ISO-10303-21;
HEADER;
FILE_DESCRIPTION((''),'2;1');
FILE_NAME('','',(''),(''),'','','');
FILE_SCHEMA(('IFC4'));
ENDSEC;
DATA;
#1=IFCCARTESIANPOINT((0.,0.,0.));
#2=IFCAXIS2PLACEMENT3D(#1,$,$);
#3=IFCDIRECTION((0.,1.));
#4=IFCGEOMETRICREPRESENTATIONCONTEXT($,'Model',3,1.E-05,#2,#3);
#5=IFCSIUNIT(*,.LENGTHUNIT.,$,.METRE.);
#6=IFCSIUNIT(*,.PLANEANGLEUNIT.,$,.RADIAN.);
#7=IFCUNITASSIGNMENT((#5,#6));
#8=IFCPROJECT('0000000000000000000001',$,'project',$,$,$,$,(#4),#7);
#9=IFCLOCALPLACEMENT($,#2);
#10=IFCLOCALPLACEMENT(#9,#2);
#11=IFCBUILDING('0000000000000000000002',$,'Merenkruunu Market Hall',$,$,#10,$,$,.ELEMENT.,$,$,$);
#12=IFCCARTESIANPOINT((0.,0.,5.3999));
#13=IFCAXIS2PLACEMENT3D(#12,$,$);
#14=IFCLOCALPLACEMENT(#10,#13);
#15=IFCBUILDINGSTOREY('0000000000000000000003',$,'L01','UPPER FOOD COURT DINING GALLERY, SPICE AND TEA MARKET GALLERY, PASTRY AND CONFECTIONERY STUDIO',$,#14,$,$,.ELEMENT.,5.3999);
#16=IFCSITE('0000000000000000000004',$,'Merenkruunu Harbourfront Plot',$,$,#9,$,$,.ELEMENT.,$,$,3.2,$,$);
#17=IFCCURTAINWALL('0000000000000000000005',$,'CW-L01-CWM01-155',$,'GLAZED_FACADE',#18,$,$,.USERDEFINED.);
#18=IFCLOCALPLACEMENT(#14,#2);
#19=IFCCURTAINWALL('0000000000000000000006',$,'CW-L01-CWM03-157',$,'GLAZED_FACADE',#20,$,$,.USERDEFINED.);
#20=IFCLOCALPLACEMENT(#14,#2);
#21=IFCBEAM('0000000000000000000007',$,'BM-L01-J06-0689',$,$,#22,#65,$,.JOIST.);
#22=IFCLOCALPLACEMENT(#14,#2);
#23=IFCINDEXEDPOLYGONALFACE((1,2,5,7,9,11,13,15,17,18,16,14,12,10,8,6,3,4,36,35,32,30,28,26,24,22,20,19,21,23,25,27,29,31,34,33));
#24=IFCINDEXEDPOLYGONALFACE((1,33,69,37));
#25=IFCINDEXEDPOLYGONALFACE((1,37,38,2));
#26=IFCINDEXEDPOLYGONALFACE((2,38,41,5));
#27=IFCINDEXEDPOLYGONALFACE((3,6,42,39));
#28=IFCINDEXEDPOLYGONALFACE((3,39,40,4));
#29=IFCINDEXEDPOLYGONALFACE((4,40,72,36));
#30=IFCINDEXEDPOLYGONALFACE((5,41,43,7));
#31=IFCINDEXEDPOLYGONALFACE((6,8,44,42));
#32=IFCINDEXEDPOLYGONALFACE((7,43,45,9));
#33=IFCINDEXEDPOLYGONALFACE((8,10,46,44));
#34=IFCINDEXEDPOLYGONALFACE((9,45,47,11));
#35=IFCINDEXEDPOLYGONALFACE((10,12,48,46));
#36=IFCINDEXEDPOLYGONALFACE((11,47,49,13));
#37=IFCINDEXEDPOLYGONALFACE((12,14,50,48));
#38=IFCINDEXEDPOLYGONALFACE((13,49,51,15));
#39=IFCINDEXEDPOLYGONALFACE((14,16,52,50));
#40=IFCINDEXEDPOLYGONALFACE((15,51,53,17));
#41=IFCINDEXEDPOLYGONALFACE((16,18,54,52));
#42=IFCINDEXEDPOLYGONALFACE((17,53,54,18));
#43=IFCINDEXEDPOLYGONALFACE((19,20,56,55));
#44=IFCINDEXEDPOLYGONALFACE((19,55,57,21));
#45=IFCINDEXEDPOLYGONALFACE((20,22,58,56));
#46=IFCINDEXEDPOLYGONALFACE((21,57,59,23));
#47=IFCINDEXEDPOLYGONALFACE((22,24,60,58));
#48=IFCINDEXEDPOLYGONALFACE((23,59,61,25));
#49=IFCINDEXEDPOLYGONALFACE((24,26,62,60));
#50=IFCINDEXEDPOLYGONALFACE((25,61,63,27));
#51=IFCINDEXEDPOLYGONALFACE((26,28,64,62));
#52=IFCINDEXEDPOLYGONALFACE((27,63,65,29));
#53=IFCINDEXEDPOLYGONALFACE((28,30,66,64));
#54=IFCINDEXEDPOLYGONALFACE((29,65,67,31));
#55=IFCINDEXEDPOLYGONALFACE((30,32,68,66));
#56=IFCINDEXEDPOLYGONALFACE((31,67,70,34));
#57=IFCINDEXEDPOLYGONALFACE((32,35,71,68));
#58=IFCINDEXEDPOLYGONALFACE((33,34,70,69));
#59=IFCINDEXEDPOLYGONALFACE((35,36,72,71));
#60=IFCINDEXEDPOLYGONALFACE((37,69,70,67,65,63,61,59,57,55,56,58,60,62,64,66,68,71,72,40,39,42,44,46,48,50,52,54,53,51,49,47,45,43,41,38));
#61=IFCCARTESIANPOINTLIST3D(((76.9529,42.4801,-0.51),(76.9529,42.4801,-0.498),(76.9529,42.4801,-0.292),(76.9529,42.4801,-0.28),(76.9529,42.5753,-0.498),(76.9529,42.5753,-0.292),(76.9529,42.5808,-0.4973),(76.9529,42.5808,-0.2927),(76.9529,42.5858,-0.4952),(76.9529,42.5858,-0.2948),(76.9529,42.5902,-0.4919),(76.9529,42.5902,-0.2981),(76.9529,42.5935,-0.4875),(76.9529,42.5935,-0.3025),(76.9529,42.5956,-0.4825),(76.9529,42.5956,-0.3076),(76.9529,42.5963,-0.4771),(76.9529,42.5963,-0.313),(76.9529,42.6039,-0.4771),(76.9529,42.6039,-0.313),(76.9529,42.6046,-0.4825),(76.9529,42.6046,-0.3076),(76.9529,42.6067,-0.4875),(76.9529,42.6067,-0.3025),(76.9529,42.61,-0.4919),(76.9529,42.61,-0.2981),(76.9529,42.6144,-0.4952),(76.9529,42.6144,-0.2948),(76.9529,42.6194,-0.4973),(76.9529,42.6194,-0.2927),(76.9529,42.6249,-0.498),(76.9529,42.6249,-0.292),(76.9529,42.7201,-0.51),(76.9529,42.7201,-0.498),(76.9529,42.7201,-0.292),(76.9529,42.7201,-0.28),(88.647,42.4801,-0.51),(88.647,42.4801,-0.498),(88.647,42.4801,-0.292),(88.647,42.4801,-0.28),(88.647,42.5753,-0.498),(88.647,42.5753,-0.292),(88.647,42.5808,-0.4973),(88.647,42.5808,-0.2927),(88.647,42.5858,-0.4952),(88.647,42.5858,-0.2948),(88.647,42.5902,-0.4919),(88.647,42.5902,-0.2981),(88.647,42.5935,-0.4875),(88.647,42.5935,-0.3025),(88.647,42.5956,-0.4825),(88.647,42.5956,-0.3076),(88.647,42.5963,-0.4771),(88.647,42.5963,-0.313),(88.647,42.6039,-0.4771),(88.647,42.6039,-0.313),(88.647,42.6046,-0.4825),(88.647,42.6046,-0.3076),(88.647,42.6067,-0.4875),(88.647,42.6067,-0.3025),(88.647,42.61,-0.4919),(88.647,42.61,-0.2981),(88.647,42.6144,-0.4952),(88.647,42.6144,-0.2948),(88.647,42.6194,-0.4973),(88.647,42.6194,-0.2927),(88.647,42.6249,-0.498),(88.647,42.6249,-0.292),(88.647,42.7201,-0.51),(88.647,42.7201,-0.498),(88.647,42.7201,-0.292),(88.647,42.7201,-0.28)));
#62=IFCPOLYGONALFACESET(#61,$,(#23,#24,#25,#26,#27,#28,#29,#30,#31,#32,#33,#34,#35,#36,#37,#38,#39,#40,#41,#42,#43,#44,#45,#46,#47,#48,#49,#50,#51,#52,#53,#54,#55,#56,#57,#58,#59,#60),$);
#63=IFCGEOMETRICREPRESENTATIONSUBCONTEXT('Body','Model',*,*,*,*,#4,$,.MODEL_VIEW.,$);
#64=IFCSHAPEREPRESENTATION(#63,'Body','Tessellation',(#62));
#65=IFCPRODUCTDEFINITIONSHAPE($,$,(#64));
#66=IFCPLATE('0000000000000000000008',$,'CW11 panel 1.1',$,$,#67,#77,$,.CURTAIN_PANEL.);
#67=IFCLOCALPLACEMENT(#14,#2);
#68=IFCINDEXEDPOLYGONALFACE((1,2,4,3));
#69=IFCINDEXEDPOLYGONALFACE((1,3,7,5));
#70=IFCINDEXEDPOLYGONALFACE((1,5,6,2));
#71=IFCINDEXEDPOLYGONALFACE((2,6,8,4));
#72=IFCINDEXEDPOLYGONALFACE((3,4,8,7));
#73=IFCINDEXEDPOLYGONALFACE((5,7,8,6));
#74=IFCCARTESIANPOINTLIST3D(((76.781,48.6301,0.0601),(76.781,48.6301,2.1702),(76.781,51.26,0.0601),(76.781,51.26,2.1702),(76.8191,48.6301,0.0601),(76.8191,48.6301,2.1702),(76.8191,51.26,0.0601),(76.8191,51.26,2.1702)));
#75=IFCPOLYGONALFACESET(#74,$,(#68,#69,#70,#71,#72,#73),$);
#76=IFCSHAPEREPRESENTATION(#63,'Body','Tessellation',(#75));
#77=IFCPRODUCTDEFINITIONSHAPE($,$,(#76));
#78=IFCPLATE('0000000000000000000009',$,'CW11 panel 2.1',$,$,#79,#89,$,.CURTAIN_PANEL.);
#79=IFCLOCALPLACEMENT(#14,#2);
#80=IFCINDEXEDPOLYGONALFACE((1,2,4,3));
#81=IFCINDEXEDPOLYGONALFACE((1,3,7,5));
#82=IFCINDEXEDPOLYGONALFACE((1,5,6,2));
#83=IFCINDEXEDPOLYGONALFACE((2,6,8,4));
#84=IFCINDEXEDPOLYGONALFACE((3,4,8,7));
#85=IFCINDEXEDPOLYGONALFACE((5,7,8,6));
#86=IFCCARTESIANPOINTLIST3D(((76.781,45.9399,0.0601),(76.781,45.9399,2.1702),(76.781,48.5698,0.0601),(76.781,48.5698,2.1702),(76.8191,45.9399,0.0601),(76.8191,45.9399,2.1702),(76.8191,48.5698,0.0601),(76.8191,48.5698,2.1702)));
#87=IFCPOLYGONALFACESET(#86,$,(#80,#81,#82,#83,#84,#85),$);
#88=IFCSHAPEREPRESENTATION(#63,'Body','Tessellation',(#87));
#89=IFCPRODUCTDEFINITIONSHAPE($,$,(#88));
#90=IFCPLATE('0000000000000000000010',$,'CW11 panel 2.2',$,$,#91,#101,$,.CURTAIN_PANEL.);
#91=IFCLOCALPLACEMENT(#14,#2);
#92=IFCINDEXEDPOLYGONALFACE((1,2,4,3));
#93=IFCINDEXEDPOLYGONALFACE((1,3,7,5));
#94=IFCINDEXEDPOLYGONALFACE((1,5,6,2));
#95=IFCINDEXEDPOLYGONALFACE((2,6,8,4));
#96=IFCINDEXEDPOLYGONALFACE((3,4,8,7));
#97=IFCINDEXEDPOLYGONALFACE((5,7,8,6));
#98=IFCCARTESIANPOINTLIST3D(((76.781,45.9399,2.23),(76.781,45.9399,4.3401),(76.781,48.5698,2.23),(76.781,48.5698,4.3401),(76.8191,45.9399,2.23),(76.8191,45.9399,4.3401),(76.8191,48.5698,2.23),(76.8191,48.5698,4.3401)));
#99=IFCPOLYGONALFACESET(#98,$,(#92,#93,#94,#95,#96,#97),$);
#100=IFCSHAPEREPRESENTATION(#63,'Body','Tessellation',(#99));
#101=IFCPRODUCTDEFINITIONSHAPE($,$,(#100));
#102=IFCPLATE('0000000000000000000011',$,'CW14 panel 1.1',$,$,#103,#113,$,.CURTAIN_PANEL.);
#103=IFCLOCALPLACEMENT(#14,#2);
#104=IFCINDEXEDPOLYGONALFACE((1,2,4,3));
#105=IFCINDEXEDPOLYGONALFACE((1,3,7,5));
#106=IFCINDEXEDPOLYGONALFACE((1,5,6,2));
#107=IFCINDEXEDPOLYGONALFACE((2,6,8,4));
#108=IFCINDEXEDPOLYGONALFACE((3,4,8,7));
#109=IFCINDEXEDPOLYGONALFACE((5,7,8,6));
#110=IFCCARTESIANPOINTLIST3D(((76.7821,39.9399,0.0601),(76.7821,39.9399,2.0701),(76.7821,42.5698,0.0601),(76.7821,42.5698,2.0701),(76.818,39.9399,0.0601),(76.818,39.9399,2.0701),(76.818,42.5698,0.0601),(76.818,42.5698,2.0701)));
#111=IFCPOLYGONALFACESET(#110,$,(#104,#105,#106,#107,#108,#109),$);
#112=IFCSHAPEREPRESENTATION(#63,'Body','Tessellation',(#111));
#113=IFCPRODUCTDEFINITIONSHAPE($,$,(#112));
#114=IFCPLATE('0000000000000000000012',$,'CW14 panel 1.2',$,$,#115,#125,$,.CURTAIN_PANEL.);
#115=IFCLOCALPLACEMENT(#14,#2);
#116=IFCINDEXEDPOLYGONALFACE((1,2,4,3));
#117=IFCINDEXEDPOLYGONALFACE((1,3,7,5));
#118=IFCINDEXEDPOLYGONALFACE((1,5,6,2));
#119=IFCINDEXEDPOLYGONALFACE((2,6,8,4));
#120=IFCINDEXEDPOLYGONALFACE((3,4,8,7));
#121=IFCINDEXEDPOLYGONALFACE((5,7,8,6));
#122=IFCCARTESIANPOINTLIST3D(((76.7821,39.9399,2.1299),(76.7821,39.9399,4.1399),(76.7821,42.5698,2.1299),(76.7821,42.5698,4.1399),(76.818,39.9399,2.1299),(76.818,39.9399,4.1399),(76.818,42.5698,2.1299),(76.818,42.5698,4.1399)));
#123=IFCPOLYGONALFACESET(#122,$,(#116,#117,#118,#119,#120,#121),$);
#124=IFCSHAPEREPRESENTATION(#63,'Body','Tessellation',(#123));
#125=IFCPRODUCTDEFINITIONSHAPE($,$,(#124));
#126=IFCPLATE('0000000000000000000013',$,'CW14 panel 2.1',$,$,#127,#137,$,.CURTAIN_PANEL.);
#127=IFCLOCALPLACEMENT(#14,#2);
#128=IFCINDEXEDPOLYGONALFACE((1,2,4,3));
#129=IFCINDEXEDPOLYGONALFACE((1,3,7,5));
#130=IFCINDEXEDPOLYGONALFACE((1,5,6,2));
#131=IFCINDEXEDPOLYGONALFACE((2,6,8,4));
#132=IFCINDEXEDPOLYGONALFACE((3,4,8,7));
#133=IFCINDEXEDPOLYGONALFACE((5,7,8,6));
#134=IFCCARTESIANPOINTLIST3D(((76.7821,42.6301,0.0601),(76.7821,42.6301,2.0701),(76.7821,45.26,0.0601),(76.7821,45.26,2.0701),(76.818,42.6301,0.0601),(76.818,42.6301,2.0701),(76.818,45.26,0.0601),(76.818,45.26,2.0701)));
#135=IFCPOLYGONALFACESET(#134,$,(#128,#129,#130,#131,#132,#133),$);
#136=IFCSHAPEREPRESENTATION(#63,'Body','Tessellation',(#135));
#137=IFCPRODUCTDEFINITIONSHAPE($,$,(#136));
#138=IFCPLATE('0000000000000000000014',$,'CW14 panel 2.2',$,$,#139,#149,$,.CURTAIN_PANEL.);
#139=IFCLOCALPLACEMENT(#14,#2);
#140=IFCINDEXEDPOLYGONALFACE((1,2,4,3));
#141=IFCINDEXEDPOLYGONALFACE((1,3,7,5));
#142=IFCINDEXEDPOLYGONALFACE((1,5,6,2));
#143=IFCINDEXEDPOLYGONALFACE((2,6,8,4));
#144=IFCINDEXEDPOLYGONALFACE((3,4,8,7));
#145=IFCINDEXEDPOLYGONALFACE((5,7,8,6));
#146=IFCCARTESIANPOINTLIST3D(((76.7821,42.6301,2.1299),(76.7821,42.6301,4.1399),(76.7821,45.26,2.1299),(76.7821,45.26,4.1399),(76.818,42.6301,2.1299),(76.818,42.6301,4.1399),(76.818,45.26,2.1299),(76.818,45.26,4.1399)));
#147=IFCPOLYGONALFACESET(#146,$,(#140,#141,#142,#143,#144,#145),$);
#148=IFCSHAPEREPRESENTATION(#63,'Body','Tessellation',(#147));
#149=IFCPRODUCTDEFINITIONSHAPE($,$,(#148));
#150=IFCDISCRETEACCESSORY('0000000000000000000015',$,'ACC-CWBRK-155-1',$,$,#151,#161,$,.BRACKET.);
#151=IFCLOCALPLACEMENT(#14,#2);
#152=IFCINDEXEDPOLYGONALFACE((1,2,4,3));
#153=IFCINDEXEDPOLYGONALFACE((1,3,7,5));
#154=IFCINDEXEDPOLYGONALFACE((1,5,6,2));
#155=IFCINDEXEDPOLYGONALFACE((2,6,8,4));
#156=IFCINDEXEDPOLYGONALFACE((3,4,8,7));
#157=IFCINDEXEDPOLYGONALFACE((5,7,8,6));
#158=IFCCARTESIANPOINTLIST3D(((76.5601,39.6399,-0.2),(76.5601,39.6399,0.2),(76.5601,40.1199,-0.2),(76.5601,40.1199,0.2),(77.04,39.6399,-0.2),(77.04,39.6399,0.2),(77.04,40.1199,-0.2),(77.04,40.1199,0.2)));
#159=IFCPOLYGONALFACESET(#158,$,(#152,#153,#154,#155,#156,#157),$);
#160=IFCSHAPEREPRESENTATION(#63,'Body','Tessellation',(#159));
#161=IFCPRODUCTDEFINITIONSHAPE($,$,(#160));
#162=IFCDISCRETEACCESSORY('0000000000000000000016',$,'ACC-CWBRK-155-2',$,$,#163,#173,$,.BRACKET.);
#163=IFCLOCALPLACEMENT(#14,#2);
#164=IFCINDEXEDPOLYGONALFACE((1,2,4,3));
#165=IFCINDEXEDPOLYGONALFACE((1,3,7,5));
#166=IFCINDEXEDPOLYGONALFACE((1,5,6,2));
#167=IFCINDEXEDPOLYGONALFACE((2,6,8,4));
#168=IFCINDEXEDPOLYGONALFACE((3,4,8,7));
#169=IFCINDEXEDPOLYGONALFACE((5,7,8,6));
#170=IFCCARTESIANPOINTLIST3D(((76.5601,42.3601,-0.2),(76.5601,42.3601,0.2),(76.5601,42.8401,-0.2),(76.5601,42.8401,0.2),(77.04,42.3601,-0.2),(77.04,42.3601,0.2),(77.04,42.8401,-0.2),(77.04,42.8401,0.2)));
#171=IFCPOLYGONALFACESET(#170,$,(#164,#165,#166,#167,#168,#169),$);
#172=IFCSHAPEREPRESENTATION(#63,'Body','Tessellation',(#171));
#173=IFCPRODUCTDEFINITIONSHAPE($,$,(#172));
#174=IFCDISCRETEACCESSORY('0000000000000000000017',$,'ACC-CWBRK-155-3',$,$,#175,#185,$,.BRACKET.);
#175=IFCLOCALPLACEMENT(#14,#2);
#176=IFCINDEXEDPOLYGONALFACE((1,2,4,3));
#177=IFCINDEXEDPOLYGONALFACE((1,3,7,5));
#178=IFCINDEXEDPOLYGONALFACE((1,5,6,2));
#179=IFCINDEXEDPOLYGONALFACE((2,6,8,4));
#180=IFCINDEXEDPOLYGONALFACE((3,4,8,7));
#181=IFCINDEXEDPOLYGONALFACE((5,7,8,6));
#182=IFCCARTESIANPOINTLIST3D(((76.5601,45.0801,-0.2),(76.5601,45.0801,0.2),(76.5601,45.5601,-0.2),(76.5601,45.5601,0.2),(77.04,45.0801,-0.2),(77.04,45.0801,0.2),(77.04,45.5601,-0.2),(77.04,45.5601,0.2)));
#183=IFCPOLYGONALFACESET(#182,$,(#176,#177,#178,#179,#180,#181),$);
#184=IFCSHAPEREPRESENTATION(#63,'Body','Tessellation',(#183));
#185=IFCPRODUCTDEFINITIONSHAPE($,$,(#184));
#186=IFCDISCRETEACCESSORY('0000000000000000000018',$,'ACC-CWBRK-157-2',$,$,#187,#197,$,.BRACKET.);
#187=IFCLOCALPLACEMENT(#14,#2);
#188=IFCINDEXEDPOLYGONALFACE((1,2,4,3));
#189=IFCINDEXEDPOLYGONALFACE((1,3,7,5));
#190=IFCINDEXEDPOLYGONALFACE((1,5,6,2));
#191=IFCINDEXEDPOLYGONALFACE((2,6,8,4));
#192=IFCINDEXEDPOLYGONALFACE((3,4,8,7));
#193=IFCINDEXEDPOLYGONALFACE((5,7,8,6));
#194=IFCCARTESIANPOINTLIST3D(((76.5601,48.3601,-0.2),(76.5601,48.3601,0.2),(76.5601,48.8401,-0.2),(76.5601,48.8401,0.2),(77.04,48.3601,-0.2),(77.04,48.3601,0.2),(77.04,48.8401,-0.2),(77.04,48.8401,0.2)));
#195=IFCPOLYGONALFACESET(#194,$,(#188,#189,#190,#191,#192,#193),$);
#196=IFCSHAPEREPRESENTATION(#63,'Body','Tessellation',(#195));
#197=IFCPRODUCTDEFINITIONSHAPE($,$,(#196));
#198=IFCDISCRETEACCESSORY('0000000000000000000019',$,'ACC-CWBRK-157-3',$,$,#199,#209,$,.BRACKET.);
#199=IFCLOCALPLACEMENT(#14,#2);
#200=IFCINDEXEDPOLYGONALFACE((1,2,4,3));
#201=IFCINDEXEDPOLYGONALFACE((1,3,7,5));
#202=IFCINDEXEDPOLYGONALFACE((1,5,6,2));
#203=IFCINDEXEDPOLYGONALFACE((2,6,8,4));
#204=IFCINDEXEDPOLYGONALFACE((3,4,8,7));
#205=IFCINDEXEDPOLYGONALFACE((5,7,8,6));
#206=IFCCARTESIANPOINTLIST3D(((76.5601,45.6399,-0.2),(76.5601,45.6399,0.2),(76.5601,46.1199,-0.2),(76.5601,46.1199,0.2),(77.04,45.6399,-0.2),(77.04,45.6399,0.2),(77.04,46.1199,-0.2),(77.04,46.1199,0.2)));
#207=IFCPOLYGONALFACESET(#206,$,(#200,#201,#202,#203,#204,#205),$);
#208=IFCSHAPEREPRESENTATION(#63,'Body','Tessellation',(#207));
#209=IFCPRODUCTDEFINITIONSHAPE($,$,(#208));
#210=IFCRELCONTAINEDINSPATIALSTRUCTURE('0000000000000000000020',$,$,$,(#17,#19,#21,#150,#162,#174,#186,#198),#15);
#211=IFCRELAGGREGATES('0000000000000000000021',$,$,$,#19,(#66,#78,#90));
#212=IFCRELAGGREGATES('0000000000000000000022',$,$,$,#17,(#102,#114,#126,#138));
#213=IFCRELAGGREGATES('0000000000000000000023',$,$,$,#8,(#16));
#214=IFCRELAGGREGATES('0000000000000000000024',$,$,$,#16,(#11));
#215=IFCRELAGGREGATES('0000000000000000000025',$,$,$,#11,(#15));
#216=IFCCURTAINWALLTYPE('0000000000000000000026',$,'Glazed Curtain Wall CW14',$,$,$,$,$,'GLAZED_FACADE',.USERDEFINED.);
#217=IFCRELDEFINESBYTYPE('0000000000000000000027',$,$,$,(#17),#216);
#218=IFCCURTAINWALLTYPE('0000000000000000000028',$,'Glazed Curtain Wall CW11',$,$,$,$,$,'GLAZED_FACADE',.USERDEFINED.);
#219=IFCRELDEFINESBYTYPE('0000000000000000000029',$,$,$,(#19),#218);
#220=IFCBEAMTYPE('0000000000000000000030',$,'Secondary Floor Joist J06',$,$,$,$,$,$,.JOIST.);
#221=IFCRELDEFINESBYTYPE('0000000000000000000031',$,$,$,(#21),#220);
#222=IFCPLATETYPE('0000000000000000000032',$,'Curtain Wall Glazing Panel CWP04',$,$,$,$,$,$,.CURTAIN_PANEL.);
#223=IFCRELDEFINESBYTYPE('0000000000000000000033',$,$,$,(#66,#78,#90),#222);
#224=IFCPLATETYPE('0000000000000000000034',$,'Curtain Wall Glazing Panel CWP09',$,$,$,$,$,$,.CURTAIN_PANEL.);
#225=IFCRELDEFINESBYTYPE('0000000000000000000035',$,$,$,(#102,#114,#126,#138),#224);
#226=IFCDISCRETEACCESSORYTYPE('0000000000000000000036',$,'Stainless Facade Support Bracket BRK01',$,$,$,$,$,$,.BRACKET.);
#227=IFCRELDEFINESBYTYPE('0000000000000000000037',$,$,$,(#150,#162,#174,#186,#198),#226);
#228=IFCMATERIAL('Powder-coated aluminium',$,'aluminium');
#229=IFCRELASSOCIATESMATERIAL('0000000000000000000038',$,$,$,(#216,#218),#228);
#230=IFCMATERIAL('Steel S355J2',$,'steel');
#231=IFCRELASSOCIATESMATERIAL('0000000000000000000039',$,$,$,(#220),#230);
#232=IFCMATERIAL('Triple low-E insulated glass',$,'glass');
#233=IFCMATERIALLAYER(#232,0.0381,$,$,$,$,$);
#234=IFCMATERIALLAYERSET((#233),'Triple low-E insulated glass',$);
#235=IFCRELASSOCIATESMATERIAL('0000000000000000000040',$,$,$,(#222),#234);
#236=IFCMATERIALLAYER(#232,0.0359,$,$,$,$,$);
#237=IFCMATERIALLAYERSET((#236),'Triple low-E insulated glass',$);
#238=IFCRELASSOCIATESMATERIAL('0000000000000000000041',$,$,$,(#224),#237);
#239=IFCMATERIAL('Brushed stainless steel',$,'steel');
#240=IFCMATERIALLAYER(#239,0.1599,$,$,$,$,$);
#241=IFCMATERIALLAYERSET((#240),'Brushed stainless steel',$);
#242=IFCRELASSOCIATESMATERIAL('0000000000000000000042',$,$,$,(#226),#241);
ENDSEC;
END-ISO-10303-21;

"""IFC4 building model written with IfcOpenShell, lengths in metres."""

from ifc_helpers import new_model, si_unit, direction, frame, origin, origin_2d, place, context, subcontext, project, spatial, rectangle, i_section, extrude, material, layer, layer_set, material_profile, profile_set, type_object, element, aggregate, save


model = new_model("IFC4")

# Units and contexts
model_context = context("Model", 3, precision=1e-05, world=origin(), true_north=direction((0.0, 1.0)))
body_context = subcontext(model_context, "Body", "Model", "MODEL_VIEW")
ifc_project = project(units=[si_unit("LENGTHUNIT", "METRE"), si_unit("PLANEANGLEUNIT", "RADIAN")], contexts=[model_context])

# Site, building, storey
site_placement = place(None, origin())
site = spatial("IfcSite", under=ifc_project, at=site_placement, Name="Merenkruunu Harbourfront Plot", CompositionType="ELEMENT", RefElevation=3.2)
building_placement = place(site_placement, origin())
building = spatial("IfcBuilding", under=site, at=building_placement, Name="Merenkruunu Market Hall", CompositionType="ELEMENT")
storey_placement = place(building_placement, frame((0.0, 0.0, 5.3999)))
storey = spatial("IfcBuildingStorey", under=building, at=storey_placement, Name="L01", Description="UPPER FOOD COURT DINING GALLERY, SPICE AND TEA MARKET GALLERY, PASTRY AND CONFECTIONERY STUDIO", CompositionType="ELEMENT", Elevation=5.3999)

# Curtain wall
ifc_material_1 = material(Name="Powder-coated aluminium", Category="aluminium")
curtain_wall_type_1 = type_object("IfcCurtainWallType", Name="Glazed Curtain Wall CW14", ElementType="GLAZED_FACADE", PredefinedType="USERDEFINED", material=ifc_material_1)
curtain_wall_1_placement = place(storey_placement, origin())
curtain_wall_1 = element("IfcCurtainWall", 1, at=curtain_wall_1_placement, inside=storey, type_object=curtain_wall_type_1, Name="CW-L01-CWM01-155", ObjectType="GLAZED_FACADE", PredefinedType="USERDEFINED")

# Curtain wall
curtain_wall_type_2 = type_object("IfcCurtainWallType", Name="Glazed Curtain Wall CW11", ElementType="GLAZED_FACADE", PredefinedType="USERDEFINED", material=ifc_material_1)
curtain_wall_2_placement = place(storey_placement, origin())
curtain_wall_2 = element("IfcCurtainWall", 2, at=curtain_wall_2_placement, inside=storey, type_object=curtain_wall_type_2, Name="CW-L01-CWM03-157", ObjectType="GLAZED_FACADE", PredefinedType="USERDEFINED")

# Beam
ifc_material_2 = material(Name="Steel S355J2", Category="steel")
ifc_material_profile_1 = material_profile(ifc_material_2, i_section(OverallWidth=0.24, OverallDepth=0.23, WebThickness=0.0076, FlangeThickness=0.012, FilletRadius=0.021, at=origin_2d()), Name="HEA 240")
ifc_profile_set_1 = profile_set([ifc_material_profile_1], Name="Steel S355J2")
beam_type_1 = type_object("IfcBeamType", Name="Secondary Floor Joist J06", PredefinedType="JOIST", material=ifc_profile_set_1)
beam_1_placement = place(storey_placement, frame((76.9529, 42.6001, -0.395), z_axis=(1.0, 0.0, 0.0), x_axis=(0.0, 1.0, 0.0)))
element("IfcBeam", 3, at=beam_1_placement, inside=storey, type_object=beam_type_1, Name="BM-L01-J06-0689", PredefinedType="JOIST", context=body_context, shape_type="SweptSolid", body=[
    extrude(i_section(OverallWidth=0.24, OverallDepth=0.23, WebThickness=0.0076, FlangeThickness=0.012, FilletRadius=0.021, at=origin_2d()), origin(), (0.0, 0.0, 1.0), 11.6941),
])

# Plates
ifc_material_3 = material(Name="Triple low-E insulated glass", Category="glass")
ifc_layer_1 = layer(ifc_material_3, 0.0381)
ifc_layer_set_1 = layer_set([ifc_layer_1], Name="Triple low-E insulated glass")
plate_type_1 = type_object("IfcPlateType", Name="Curtain Wall Glazing Panel CWP04", PredefinedType="CURTAIN_PANEL", material=ifc_layer_set_1)
plate_1_placement = place(storey_placement, frame((76.8, 49.9451, 0.0601), z_axis=(0.0, 0.0, 1.0), x_axis=(0.0, -1.0, 0.0)))
plate_1 = element("IfcPlate", 4, at=plate_1_placement, type_object=plate_type_1, Name="CW11 panel 1.1", PredefinedType="CURTAIN_PANEL", context=body_context, shape_type="SweptSolid", body=[
    extrude(rectangle(XDim=2.6299, YDim=0.0381, at=origin_2d()), origin(), (0.0, 0.0, 1.0), 2.1101),
])
plate_2_placement = place(storey_placement, frame((76.8, 47.2549, 0.0601), z_axis=(0.0, 0.0, 1.0), x_axis=(0.0, -1.0, 0.0)))
plate_2 = element("IfcPlate", 5, at=plate_2_placement, type_object=plate_type_1, Name="CW11 panel 2.1", PredefinedType="CURTAIN_PANEL", context=body_context, shape_type="SweptSolid", body=[
    extrude(rectangle(XDim=2.6299, YDim=0.0381, at=origin_2d()), origin(), (0.0, 0.0, 1.0), 2.1101),
])
plate_3_placement = place(storey_placement, frame((76.8, 47.2549, 2.23), z_axis=(0.0, 0.0, 1.0), x_axis=(0.0, -1.0, 0.0)))
plate_3 = element("IfcPlate", 6, at=plate_3_placement, type_object=plate_type_1, Name="CW11 panel 2.2", PredefinedType="CURTAIN_PANEL", context=body_context, shape_type="SweptSolid", body=[
    extrude(rectangle(XDim=2.6299, YDim=0.0381, at=origin_2d()), origin(), (0.0, 0.0, 1.0), 2.1101),
])
aggregate(curtain_wall_2, [plate_1, plate_2, plate_3])
ifc_layer_2 = layer(ifc_material_3, 0.0359)
ifc_layer_set_2 = layer_set([ifc_layer_2], Name="Triple low-E insulated glass")
plate_type_2 = type_object("IfcPlateType", Name="Curtain Wall Glazing Panel CWP09", PredefinedType="CURTAIN_PANEL", material=ifc_layer_set_2)
plate_4_placement = place(storey_placement, frame((76.8, 41.2549, 0.0601), z_axis=(0.0, 0.0, 1.0), x_axis=(0.0, 1.0, 0.0)))
plate_4 = element("IfcPlate", 7, at=plate_4_placement, type_object=plate_type_2, Name="CW14 panel 1.1", PredefinedType="CURTAIN_PANEL", context=body_context, shape_type="SweptSolid", body=[
    extrude(rectangle(XDim=2.6299, YDim=0.0359, at=origin_2d()), origin(), (0.0, 0.0, 1.0), 2.01),
])
plate_5_placement = place(storey_placement, frame((76.8, 41.2549, 2.1299), z_axis=(0.0, 0.0, 1.0), x_axis=(0.0, 1.0, 0.0)))
plate_5 = element("IfcPlate", 8, at=plate_5_placement, type_object=plate_type_2, Name="CW14 panel 1.2", PredefinedType="CURTAIN_PANEL", context=body_context, shape_type="SweptSolid", body=[
    extrude(rectangle(XDim=2.6299, YDim=0.0359, at=origin_2d()), origin(), (0.0, 0.0, 1.0), 2.01),
])
plate_6_placement = place(storey_placement, frame((76.8, 43.9451, 0.0601), z_axis=(0.0, 0.0, 1.0), x_axis=(0.0, 1.0, 0.0)))
plate_6 = element("IfcPlate", 9, at=plate_6_placement, type_object=plate_type_2, Name="CW14 panel 2.1", PredefinedType="CURTAIN_PANEL", context=body_context, shape_type="SweptSolid", body=[
    extrude(rectangle(XDim=2.6299, YDim=0.0359, at=origin_2d()), origin(), (0.0, 0.0, 1.0), 2.01),
])
plate_7_placement = place(storey_placement, frame((76.8, 43.9451, 2.1299), z_axis=(0.0, 0.0, 1.0), x_axis=(0.0, 1.0, 0.0)))
plate_7 = element("IfcPlate", 10, at=plate_7_placement, type_object=plate_type_2, Name="CW14 panel 2.2", PredefinedType="CURTAIN_PANEL", context=body_context, shape_type="SweptSolid", body=[
    extrude(rectangle(XDim=2.6299, YDim=0.0359, at=origin_2d()), origin(), (0.0, 0.0, 1.0), 2.01),
])
aggregate(curtain_wall_1, [plate_4, plate_5, plate_6, plate_7])

# Discrete accessories
ifc_material_4 = material(Name="Brushed stainless steel", Category="steel")
ifc_layer_3 = layer(ifc_material_4, 0.1599)
ifc_layer_set_3 = layer_set([ifc_layer_3], Name="Brushed stainless steel")
discrete_accessory_type = type_object("IfcDiscreteAccessoryType", Name="Stainless Facade Support Bracket BRK01", PredefinedType="BRACKET", material=ifc_layer_set_3)
for number, where, z_axis, x_axis, name in (
    (11, (76.8, 39.8799, -0.2), (0.0, 0.0, 1.0), (1.0, 0.0, 0.0), "ACC-CWBRK-155-1"),
    (12, (76.8, 42.6001, -0.2), (0.0, 0.0, 1.0), (1.0, 0.0, 0.0), "ACC-CWBRK-155-2"),
    (13, (76.8, 45.3201, -0.2), (0.0, 0.0, 1.0), (1.0, 0.0, 0.0), "ACC-CWBRK-155-3"),
    (14, (76.8, 48.6001, -0.2), (0.0, 0.0, 1.0), (1.0, 0.0, 0.0), "ACC-CWBRK-157-2"),
    (15, (76.8, 45.8799, -0.2), (0.0, 0.0, 1.0), (1.0, 0.0, 0.0), "ACC-CWBRK-157-3"),
):
    element("IfcDiscreteAccessory", number, at=place(storey_placement, frame(where, z_axis=z_axis, x_axis=x_axis)), inside=storey, type_object=discrete_accessory_type, Name=name, PredefinedType="BRACKET", context=body_context, shape_type="SweptSolid", body=[
        extrude(rectangle(XDim=0.48, YDim=0.48, at=origin_2d()), origin(), (0.0, 0.0, 1.0), 0.3999),
    ])

save(model, "model.ifc")
